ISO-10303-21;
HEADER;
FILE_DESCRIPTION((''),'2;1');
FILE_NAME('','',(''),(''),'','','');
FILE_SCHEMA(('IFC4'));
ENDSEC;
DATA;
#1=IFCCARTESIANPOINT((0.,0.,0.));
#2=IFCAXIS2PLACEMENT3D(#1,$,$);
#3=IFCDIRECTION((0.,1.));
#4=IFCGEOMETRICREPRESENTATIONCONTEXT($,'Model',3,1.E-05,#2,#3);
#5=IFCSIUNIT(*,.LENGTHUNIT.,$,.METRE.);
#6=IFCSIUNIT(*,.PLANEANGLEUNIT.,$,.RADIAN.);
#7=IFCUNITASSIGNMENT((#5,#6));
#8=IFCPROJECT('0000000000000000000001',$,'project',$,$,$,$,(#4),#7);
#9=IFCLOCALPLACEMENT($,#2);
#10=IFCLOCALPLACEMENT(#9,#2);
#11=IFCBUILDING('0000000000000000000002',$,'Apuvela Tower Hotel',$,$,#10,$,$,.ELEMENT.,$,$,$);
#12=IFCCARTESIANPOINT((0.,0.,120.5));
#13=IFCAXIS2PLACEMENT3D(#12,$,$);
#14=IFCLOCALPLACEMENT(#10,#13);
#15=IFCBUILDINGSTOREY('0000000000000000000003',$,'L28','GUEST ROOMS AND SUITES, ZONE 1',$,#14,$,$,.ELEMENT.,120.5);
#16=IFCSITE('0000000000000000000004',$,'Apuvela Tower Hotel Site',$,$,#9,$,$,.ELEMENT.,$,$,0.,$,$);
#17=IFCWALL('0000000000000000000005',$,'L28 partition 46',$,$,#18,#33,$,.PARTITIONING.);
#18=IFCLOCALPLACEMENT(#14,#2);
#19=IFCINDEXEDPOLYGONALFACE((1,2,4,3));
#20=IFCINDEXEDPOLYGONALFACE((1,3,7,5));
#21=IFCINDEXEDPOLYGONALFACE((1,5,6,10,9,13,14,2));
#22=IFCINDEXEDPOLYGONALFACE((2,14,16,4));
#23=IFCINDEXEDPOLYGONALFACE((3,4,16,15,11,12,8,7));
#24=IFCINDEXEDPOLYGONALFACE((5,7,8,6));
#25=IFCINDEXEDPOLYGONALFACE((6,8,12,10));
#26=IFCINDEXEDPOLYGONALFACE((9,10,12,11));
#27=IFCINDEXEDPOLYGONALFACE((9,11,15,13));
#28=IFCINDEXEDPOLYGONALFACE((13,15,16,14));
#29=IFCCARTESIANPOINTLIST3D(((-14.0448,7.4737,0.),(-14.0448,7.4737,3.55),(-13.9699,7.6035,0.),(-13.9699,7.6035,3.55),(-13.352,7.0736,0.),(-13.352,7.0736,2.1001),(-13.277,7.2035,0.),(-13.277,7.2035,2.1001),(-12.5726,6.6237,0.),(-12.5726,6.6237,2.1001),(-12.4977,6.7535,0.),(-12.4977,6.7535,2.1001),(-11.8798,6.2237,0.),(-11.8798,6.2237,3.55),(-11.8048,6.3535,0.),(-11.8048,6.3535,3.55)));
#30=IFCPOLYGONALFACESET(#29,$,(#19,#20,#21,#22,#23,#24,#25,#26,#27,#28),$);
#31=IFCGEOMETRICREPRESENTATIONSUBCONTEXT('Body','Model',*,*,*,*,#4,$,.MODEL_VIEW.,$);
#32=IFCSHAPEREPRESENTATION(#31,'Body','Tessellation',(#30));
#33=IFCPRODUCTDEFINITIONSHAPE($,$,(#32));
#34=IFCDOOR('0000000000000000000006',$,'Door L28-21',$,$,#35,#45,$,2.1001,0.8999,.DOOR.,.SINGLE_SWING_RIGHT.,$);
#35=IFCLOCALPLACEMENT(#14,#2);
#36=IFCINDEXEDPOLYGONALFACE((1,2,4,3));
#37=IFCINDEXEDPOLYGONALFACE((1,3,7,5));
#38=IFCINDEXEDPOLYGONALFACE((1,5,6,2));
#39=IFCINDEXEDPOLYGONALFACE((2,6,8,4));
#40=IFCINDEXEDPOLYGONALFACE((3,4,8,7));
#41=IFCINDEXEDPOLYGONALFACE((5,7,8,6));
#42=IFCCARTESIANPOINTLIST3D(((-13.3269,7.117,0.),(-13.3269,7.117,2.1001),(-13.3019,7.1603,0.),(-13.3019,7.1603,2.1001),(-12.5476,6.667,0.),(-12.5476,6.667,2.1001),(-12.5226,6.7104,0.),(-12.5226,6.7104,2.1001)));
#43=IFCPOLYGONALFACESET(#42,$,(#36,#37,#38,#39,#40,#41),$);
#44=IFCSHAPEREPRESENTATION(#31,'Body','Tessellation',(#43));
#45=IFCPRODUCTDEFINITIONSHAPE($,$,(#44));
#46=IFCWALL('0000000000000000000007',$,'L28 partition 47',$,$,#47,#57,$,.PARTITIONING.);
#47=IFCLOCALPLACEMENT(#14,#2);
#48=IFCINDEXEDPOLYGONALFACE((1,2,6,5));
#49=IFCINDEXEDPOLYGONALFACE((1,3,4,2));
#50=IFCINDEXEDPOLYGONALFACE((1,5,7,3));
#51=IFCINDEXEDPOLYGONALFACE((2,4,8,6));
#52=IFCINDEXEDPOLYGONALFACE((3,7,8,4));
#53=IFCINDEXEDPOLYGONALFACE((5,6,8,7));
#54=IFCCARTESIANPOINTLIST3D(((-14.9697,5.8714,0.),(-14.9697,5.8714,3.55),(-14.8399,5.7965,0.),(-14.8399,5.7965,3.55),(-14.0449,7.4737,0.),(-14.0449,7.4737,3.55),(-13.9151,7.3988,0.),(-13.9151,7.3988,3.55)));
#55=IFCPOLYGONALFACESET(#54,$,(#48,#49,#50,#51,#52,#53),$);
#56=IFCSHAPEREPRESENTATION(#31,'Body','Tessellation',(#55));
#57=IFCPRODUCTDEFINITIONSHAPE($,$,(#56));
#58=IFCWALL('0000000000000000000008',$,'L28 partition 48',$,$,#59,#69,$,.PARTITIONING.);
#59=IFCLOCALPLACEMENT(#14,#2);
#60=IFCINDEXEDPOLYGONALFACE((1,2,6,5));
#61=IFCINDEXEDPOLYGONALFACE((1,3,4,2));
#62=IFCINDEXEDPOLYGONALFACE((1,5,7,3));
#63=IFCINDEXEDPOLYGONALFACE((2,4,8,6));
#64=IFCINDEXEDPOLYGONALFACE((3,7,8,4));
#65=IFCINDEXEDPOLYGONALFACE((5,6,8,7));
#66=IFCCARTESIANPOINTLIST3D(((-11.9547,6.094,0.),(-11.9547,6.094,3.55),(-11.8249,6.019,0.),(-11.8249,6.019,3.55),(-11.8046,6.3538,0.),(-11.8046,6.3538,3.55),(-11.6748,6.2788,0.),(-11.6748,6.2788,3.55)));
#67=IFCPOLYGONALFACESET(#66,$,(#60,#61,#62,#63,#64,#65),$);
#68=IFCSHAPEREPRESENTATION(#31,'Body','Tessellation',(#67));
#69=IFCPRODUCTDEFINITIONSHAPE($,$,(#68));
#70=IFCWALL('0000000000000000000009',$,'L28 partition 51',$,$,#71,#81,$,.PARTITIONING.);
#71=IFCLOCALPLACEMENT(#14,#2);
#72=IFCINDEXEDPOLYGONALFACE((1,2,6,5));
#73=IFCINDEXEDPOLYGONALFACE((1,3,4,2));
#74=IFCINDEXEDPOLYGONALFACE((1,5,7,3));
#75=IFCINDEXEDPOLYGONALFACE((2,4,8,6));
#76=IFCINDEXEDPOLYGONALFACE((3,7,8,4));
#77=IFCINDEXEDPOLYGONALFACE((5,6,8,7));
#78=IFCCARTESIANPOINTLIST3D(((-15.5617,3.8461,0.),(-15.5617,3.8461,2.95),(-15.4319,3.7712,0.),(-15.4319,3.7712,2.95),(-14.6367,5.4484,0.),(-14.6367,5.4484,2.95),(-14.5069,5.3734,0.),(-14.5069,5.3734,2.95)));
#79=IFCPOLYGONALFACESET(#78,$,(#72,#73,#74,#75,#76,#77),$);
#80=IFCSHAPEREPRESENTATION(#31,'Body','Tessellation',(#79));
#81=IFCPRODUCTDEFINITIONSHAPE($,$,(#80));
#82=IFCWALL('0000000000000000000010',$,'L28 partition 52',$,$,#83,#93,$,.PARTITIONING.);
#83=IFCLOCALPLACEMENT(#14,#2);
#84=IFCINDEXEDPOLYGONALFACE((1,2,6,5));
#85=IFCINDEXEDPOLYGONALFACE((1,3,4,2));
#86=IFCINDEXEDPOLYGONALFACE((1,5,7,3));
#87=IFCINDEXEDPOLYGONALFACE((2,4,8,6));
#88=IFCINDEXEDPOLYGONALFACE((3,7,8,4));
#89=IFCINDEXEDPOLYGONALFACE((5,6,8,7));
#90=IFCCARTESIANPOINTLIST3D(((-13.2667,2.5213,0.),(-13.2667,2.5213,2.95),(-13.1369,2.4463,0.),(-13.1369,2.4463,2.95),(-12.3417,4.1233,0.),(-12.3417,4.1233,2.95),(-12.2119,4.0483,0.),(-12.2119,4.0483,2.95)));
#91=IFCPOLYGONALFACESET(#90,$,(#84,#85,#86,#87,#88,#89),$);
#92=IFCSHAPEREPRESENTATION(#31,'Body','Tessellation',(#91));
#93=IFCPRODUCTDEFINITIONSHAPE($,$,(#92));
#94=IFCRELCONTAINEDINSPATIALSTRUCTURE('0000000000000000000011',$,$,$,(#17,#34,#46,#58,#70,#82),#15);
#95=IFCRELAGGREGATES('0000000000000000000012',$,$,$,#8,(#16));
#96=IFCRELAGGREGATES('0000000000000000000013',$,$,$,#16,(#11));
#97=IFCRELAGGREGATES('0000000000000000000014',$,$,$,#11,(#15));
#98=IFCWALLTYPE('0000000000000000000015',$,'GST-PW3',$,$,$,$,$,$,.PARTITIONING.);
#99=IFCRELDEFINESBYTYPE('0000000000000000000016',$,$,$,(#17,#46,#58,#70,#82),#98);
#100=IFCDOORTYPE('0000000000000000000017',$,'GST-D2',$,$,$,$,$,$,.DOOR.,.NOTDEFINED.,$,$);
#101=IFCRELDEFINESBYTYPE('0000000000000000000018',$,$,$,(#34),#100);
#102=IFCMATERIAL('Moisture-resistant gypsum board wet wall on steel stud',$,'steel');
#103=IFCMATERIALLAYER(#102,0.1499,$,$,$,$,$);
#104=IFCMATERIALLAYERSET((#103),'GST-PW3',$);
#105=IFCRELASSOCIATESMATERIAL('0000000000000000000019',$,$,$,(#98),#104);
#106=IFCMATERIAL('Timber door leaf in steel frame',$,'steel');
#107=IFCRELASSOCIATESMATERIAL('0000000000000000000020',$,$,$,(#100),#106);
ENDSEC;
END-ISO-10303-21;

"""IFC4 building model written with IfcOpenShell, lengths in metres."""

from ifc_helpers import new_model, si_unit, direction, frame, frame_2d, origin, place, context, subcontext, project, spatial, rectangle, extrude, material, layer, layer_set, type_object, element, fill, save


model = new_model("IFC4")

# Units and contexts
model_context = context("Model", 3, precision=1e-05, world=origin(), true_north=direction((0.0, 1.0)))
body_context = subcontext(model_context, "Body", "Model", "MODEL_VIEW")
ifc_project = project(units=[si_unit("LENGTHUNIT", "METRE"), si_unit("PLANEANGLEUNIT", "RADIAN")], contexts=[model_context])

# Site, building, storey
site_placement = place(None, origin())
site = spatial("IfcSite", under=ifc_project, at=site_placement, Name="Apuvela Tower Hotel Site", CompositionType="ELEMENT", RefElevation=0.0)
building_placement = place(site_placement, origin())
building = spatial("IfcBuilding", under=site, at=building_placement, Name="Apuvela Tower Hotel", CompositionType="ELEMENT")
storey_placement = place(building_placement, frame((0.0, 0.0, 120.5)))
storey = spatial("IfcBuildingStorey", under=building, at=storey_placement, Name="L28", Description="GUEST ROOMS AND SUITES, ZONE 1", CompositionType="ELEMENT", Elevation=120.5)

# Shared definitions
ifc_material_1 = material(Name="Timber door leaf in steel frame", Category="steel")
ifc_material_2 = material(Name="Moisture-resistant gypsum board wet wall on steel stud", Category="steel")
ifc_layer_1 = layer(ifc_material_2, 0.1499)
ifc_layer_set_1 = layer_set([ifc_layer_1], Name="GST-PW3")
wall_type_1 = type_object("IfcWallType", Name="GST-PW3", PredefinedType="PARTITIONING", material=ifc_layer_set_1)
door_type_1 = type_object("IfcDoorType", Name="GST-D2", OperationType="NOTDEFINED", PredefinedType="DOOR", material=ifc_material_1)

# Wall, opening, door
wall_1_placement = place(storey_placement, frame((-11.8423, 6.2886, 0.0), z_axis=(0.0, 0.0, 1.0), x_axis=(-0.866023, 0.500004, 0.0)))
wall_1 = element("IfcWall", 1, at=wall_1_placement, inside=storey, type_object=wall_type_1, Name="L28 partition 46", PredefinedType="PARTITIONING", context=body_context, shape_type="SweptSolid", body=[
    extrude(rectangle(XDim=2.5, YDim=0.1499, at=frame_2d((1.25, 0.0))), origin(), (0.0, 0.0, 1.0), 3.55),
])
opening_1_placement = place(wall_1_placement, frame((0.8, 0.0, 0.0)))
opening_1 = element("IfcOpeningElement", 2, at=opening_1_placement, cuts=wall_1, PredefinedType="OPENING", context=body_context, shape_type="SweptSolid", body=[
    extrude(rectangle(XDim=0.8999, YDim=2.1001, at=frame_2d((0.45, 1.05))), frame((0.0, 0.085, 0.0), z_axis=(0.0, -1.0, 0.0), x_axis=(1.0, 0.0, 0.0)), (0.0, 0.0, 1.0), 0.1699),
])
door_1_placement = place(opening_1_placement, origin())
door_1 = element("IfcDoor", 3, at=door_1_placement, inside=storey, type_object=door_type_1, Name="Door L28-21", OperationType="SINGLE_SWING_RIGHT", OverallHeight=2.1001, OverallWidth=0.8999, PredefinedType="DOOR", context=body_context, shape_type="SweptSolid", body=[
    extrude(rectangle(XDim=0.8999, YDim=2.1001, at=frame_2d((0.45, 1.05))), frame((0.0, 0.0249, 0.0), z_axis=(0.0, -1.0, 0.0), x_axis=(1.0, 0.0, 0.0)), (0.0, 0.0, 1.0), 0.05),
])
fill(opening_1, door_1)

# Walls
wall_2_placement = place(storey_placement, frame((-13.98, 7.4363, 0.0), z_axis=(0.0, 0.0, 1.0), x_axis=(-0.499886, -0.866091, 0.0)))
element("IfcWall", 4, at=wall_2_placement, inside=storey, type_object=wall_type_1, Name="L28 partition 47", PredefinedType="PARTITIONING", context=body_context, shape_type="SweptSolid", body=[
    extrude(rectangle(XDim=1.8501, YDim=0.1499, at=frame_2d((0.925, 0.0))), origin(), (0.0, 0.0, 1.0), 3.55),
])
wall_3_placement = place(storey_placement, frame((-11.7397, 6.3162, 0.0), z_axis=(0.0, 0.0, 1.0), x_axis=(-0.500427, -0.865779, 0.0)))
element("IfcWall", 5, at=wall_3_placement, inside=storey, type_object=wall_type_1, Name="L28 partition 48", PredefinedType="PARTITIONING", context=body_context, shape_type="SweptSolid", body=[
    extrude(rectangle(XDim=0.3, YDim=0.1499, at=frame_2d((0.1499, 0.0))), origin(), (0.0, 0.0, 1.0), 3.55),
])
wall_4_placement = place(storey_placement, frame((-14.5718, 5.4109, 0.0), z_axis=(0.0, 0.0, 1.0), x_axis=(-0.499985, -0.866034, 0.0)))
element("IfcWall", 6, at=wall_4_placement, inside=storey, type_object=wall_type_1, Name="L28 partition 51", PredefinedType="PARTITIONING", context=body_context, shape_type="SweptSolid", body=[
    extrude(rectangle(XDim=1.8501, YDim=0.1499, at=frame_2d((0.925, 0.0))), origin(), (0.0, 0.0, 1.0), 2.95),
])
wall_5_placement = place(storey_placement, frame((-12.2769, 4.0857, 0.0), z_axis=(0.0, 0.0, 1.0), x_axis=(-0.500042, -0.866001, 0.0)))
element("IfcWall", 7, at=wall_5_placement, inside=storey, type_object=wall_type_1, Name="L28 partition 52", PredefinedType="PARTITIONING", context=body_context, shape_type="SweptSolid", body=[
    extrude(rectangle(XDim=1.8499, YDim=0.1499, at=frame_2d((0.9248, 0.0))), origin(), (0.0, 0.0, 1.0), 2.95),
])

save(model, "model.ifc")
